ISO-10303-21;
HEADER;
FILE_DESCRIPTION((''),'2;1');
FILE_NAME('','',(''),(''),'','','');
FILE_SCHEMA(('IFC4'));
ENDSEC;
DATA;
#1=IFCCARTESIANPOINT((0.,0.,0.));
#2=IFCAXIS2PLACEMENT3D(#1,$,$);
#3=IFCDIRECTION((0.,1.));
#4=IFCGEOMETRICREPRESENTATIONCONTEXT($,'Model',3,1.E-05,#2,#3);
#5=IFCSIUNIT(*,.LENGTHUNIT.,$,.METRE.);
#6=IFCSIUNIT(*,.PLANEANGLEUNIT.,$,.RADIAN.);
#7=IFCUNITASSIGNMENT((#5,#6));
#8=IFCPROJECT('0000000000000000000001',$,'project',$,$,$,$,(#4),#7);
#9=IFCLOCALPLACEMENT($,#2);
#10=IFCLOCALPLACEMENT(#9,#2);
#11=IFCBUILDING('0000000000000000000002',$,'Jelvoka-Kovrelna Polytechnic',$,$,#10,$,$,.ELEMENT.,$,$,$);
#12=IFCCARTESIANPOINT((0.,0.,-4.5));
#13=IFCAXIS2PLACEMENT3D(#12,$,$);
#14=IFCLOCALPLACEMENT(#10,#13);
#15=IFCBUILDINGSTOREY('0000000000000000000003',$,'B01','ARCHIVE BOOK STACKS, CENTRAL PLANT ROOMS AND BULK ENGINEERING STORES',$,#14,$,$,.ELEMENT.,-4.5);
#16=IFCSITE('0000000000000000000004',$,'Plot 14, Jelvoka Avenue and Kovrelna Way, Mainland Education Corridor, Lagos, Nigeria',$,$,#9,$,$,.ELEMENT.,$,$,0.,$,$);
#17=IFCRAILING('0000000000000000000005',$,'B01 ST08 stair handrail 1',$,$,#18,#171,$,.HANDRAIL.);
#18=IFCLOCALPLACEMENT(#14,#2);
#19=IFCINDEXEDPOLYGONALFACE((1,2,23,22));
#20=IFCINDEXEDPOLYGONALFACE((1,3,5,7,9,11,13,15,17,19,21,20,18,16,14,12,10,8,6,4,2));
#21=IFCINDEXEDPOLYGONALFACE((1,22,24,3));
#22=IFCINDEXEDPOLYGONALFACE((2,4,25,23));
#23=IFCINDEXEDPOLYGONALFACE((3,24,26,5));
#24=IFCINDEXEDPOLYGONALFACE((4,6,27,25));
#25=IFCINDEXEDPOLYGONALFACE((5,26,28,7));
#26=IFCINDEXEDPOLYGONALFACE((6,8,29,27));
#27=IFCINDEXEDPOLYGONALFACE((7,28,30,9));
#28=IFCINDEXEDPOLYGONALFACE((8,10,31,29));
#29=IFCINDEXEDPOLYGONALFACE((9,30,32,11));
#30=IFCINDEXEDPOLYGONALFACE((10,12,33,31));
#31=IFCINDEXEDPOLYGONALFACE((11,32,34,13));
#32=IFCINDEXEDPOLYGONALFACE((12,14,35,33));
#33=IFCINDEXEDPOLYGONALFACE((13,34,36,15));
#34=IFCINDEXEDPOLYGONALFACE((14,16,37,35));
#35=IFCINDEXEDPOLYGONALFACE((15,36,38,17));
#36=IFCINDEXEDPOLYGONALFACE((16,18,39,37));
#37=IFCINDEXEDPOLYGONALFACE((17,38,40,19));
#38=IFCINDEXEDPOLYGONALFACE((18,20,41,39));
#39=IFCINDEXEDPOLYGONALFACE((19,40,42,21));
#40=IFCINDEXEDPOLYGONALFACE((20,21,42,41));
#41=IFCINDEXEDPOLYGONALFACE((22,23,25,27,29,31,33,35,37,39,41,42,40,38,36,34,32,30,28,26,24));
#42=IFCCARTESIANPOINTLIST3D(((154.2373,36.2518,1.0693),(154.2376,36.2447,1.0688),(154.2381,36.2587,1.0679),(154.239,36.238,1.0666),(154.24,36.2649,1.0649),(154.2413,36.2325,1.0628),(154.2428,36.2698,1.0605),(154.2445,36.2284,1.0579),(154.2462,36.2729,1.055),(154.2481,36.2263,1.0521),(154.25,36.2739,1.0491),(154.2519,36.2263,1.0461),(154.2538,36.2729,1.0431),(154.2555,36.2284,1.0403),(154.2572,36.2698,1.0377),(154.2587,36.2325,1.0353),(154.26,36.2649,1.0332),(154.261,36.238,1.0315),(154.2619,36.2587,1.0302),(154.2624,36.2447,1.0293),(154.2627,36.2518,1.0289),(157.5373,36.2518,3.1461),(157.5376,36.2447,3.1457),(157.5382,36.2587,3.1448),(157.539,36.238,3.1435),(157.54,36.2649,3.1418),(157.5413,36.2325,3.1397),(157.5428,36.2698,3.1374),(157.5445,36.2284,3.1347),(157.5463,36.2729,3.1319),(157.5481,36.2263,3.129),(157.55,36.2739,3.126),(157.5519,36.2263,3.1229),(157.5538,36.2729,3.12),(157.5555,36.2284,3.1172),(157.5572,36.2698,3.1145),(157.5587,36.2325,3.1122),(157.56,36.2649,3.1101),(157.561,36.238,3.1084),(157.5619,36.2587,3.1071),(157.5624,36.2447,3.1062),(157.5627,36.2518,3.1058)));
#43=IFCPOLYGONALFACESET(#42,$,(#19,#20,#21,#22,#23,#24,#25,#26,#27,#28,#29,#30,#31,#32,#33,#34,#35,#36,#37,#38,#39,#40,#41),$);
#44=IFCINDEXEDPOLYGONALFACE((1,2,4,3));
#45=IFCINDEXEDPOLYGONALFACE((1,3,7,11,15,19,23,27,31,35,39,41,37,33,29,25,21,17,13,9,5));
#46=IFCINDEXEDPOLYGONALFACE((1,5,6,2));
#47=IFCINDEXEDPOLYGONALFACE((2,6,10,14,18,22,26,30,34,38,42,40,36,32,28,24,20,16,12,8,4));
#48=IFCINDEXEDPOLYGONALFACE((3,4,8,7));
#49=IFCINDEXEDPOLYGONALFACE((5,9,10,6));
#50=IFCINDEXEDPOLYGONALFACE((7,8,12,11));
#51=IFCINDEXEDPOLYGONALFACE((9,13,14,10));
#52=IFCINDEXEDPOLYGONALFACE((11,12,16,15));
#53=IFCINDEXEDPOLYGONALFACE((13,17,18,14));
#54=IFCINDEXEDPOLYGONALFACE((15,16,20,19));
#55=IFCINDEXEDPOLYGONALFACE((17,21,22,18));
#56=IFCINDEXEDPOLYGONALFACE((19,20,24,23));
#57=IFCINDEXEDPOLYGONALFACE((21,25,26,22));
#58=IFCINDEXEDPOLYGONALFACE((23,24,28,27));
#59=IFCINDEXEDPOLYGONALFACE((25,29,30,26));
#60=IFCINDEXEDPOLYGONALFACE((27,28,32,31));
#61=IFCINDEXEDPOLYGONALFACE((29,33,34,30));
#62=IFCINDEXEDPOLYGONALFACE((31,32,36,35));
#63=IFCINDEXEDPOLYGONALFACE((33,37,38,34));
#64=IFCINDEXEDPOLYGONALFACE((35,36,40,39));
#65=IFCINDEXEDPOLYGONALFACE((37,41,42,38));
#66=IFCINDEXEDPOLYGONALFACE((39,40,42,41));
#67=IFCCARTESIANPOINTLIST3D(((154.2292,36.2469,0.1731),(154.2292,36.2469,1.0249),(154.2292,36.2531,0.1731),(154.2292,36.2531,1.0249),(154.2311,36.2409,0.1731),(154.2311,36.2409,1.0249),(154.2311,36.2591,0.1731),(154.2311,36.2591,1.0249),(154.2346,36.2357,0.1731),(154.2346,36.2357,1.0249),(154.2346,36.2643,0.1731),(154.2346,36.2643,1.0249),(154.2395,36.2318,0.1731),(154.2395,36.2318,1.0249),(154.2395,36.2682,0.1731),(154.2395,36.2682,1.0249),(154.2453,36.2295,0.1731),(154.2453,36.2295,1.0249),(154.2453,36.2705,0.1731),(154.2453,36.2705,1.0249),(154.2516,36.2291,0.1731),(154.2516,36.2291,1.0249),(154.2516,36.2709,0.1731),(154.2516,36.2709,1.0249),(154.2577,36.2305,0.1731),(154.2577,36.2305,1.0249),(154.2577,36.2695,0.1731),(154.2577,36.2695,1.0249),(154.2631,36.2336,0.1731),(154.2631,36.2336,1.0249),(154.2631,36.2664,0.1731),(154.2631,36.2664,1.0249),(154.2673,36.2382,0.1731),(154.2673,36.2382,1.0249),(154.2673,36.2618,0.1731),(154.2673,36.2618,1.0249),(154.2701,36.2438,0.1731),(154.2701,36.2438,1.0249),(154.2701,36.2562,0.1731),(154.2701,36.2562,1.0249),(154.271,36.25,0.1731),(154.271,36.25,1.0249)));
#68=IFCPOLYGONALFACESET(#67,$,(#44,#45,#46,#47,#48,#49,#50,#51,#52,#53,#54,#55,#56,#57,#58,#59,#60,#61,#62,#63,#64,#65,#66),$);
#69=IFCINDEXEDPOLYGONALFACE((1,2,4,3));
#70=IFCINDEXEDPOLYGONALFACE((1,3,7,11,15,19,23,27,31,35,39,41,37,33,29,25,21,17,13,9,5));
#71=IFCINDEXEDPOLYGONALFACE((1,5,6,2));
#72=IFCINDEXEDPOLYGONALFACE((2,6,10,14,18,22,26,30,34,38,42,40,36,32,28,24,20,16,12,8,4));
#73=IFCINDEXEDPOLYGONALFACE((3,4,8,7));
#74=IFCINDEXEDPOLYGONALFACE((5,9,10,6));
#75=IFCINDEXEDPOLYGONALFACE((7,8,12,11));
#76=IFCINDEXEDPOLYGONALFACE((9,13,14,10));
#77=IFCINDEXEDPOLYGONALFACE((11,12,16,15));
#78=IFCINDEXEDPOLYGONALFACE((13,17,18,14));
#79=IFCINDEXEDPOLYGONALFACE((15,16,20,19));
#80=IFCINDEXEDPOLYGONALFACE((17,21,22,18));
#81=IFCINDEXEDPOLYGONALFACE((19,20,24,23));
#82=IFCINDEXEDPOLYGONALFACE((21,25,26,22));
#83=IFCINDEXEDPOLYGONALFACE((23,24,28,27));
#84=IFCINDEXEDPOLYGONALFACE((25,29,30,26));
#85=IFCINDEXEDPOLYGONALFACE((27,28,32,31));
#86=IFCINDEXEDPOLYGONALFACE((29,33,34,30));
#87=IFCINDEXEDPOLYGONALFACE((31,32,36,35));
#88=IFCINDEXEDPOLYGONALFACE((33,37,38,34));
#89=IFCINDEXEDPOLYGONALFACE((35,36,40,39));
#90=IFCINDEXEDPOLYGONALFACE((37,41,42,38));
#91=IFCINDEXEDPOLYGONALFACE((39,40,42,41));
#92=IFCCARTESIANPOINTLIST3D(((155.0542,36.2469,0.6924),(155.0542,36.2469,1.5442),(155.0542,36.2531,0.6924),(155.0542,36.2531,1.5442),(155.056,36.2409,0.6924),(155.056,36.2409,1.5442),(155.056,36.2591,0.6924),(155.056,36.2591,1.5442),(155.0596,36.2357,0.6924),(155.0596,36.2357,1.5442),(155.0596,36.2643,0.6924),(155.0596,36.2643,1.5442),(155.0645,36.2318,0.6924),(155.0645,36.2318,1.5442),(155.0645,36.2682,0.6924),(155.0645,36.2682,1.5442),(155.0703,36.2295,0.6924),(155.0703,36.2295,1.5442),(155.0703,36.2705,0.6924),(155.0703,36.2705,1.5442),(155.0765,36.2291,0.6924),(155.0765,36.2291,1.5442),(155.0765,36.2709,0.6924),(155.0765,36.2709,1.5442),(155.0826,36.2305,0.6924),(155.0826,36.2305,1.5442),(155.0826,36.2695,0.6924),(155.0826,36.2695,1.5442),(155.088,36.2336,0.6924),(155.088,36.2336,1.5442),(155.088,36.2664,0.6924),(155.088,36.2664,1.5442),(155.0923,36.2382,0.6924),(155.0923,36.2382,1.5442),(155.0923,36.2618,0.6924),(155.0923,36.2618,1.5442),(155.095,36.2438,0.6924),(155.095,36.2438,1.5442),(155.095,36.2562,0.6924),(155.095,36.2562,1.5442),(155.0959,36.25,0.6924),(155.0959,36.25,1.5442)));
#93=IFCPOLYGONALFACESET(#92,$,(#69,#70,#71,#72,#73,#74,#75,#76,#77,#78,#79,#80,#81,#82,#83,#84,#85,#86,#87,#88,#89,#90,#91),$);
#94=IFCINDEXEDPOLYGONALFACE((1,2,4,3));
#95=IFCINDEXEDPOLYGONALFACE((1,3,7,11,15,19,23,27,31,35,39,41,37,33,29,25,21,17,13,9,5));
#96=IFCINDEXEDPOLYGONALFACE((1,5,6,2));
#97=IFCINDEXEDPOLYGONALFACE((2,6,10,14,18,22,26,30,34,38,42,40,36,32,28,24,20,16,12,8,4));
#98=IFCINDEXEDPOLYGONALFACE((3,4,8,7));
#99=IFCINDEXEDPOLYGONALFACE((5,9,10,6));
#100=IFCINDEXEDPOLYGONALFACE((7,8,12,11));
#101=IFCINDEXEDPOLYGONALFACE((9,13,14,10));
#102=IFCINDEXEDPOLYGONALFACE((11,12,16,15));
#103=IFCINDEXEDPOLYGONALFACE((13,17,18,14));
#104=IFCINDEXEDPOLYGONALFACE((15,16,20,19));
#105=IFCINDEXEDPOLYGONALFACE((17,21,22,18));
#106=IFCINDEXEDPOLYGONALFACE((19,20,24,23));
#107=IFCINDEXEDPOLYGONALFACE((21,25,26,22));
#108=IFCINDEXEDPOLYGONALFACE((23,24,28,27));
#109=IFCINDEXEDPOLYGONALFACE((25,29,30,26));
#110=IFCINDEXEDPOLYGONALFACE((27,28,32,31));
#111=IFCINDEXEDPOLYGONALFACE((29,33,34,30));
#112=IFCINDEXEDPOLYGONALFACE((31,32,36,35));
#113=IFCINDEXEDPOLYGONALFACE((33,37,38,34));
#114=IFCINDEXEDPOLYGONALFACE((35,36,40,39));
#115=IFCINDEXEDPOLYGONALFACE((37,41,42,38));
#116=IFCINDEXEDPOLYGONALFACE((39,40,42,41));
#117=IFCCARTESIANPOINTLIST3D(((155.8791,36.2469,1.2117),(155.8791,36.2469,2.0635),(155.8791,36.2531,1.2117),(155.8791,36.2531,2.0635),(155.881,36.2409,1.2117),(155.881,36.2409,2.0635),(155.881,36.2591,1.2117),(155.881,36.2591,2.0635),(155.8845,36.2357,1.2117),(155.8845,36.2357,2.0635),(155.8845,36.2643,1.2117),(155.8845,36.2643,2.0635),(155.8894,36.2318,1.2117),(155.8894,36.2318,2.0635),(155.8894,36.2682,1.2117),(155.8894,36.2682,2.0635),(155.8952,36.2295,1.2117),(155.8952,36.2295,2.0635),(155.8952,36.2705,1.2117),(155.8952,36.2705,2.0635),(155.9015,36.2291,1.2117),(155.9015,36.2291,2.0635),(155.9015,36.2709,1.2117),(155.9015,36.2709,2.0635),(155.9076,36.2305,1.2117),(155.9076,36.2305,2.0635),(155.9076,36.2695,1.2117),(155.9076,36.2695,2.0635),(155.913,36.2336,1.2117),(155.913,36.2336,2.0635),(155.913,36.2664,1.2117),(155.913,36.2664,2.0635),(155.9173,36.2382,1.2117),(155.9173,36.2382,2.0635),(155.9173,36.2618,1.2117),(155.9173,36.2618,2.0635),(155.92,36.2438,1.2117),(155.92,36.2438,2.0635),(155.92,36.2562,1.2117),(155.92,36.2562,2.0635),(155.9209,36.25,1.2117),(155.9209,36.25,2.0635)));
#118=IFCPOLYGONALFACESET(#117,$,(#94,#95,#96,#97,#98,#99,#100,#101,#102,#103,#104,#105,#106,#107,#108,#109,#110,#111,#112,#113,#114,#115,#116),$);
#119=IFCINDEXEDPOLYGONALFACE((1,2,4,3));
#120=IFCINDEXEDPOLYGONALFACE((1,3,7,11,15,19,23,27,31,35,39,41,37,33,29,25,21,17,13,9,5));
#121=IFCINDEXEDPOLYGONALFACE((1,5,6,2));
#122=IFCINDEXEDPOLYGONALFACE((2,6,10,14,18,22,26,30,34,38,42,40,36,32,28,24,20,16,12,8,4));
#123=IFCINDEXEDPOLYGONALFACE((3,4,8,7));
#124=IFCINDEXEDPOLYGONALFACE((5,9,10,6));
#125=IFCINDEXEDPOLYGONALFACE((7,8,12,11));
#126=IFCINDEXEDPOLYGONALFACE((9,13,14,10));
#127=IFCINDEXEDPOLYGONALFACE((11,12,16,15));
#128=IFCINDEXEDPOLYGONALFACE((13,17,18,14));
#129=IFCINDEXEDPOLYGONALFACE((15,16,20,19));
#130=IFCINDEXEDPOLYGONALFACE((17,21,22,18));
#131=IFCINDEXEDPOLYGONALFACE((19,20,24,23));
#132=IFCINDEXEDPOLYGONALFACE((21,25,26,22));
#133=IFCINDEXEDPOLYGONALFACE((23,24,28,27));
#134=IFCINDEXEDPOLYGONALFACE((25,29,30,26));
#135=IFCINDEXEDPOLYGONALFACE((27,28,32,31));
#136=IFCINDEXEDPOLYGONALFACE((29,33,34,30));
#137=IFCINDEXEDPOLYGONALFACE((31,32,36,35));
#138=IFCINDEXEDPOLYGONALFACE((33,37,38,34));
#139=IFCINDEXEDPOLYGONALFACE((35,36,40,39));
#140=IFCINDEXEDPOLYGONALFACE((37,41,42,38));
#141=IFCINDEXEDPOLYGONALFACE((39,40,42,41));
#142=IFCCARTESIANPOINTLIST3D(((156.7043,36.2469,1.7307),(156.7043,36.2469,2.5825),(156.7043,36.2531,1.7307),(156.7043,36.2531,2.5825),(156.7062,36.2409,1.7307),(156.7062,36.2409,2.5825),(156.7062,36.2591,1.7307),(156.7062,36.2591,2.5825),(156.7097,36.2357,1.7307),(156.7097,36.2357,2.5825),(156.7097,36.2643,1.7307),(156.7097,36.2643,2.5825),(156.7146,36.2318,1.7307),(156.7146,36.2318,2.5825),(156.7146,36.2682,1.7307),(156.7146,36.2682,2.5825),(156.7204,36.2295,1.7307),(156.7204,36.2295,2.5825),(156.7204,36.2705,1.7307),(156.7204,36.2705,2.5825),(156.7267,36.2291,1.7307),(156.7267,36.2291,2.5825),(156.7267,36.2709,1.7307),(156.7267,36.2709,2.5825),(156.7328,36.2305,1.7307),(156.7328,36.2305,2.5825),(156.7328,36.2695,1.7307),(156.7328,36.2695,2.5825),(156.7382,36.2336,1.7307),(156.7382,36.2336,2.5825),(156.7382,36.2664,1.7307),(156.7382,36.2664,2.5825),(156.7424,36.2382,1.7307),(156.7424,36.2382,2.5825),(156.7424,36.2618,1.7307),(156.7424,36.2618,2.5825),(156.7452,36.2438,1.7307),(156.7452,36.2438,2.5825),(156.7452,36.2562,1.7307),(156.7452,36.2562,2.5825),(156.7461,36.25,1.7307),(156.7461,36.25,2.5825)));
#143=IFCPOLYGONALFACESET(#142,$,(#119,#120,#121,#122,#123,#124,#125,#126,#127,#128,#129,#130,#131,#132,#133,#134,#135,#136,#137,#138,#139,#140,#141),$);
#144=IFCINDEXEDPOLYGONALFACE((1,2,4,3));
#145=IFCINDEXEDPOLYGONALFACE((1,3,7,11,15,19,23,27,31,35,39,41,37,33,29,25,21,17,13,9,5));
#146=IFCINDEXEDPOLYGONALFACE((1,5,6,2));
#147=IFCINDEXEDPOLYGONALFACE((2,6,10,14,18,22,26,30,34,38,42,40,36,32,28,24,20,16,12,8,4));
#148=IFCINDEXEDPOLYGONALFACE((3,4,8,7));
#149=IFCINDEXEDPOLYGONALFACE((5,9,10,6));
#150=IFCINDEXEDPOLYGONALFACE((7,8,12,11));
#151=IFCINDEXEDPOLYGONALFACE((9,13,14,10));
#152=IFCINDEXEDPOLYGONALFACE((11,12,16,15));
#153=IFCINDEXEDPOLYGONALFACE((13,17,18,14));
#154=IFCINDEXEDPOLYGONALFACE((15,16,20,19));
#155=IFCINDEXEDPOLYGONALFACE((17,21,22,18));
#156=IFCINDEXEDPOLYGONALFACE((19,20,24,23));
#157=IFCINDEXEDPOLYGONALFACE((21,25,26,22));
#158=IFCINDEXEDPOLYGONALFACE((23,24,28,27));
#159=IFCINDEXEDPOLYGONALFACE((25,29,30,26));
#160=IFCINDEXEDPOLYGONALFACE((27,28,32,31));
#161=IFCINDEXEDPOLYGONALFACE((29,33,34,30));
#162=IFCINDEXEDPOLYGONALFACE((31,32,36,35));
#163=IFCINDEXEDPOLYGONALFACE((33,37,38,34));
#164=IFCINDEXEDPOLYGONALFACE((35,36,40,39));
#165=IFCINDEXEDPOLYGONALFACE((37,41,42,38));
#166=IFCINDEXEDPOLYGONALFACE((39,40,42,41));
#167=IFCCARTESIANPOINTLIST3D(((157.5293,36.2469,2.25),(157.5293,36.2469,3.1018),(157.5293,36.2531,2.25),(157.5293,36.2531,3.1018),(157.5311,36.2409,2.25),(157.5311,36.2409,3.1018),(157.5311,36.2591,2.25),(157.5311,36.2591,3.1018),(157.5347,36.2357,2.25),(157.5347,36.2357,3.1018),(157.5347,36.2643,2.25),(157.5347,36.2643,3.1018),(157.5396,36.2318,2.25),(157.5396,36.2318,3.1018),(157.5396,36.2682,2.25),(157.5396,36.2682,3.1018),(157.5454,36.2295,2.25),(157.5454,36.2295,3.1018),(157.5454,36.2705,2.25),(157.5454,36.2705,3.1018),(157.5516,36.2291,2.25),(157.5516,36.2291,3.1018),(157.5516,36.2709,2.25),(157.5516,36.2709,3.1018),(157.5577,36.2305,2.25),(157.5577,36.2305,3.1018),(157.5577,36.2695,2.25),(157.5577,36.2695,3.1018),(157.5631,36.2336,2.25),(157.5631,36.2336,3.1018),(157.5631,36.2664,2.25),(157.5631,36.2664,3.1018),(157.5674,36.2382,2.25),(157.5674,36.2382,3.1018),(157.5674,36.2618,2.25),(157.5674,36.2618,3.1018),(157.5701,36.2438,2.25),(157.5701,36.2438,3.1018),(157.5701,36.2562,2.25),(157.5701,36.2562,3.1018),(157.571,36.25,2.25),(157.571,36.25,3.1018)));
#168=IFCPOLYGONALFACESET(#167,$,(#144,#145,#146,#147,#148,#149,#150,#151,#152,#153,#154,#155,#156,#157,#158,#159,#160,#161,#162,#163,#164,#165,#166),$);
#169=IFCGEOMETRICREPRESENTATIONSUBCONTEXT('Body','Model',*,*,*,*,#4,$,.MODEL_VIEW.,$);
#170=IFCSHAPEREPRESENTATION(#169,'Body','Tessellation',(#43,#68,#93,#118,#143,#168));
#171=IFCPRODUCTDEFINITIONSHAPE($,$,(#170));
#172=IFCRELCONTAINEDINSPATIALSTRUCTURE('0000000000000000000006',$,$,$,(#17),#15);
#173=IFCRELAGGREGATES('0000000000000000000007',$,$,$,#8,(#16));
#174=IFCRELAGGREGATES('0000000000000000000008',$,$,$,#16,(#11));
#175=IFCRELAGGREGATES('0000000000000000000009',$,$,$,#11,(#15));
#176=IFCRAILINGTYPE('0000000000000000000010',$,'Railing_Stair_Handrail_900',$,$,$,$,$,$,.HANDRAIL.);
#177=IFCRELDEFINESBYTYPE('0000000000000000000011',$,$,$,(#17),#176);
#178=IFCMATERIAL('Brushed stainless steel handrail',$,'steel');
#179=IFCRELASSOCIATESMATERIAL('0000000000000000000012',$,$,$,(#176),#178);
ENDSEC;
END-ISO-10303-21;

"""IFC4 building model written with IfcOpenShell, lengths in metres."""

from ifc_helpers import new_model, si_unit, direction, frame, origin, origin_2d, place, context, subcontext, project, spatial, circle, extrude, material, type_object, element, save


model = new_model("IFC4")

# Units and contexts
model_context = context("Model", 3, precision=1e-05, world=origin(), true_north=direction((0.0, 1.0)))
body_context = subcontext(model_context, "Body", "Model", "MODEL_VIEW")
ifc_project = project(units=[si_unit("LENGTHUNIT", "METRE"), si_unit("PLANEANGLEUNIT", "RADIAN")], contexts=[model_context])

# Site, building, storey
site_placement = place(None, origin())
site = spatial("IfcSite", under=ifc_project, at=site_placement, Name="Plot 14, Jelvoka Avenue and Kovrelna Way, Mainland Education Corridor, Lagos, Nigeria", CompositionType="ELEMENT", RefElevation=0.0)
building_placement = place(site_placement, origin())
building = spatial("IfcBuilding", under=site, at=building_placement, Name="Jelvoka-Kovrelna Polytechnic", CompositionType="ELEMENT")
storey_placement = place(building_placement, frame((0.0, 0.0, -4.5)))
storey = spatial("IfcBuildingStorey", under=building, at=storey_placement, Name="B01", Description="ARCHIVE BOOK STACKS, CENTRAL PLANT ROOMS AND BULK ENGINEERING STORES", CompositionType="ELEMENT", Elevation=-4.5)

# Railing
ifc_material_1 = material(Name="Brushed stainless steel handrail", Category="steel")
railing_type = type_object("IfcRailingType", Name="Railing_Stair_Handrail_900", PredefinedType="HANDRAIL", material=ifc_material_1)
railing_placement = place(storey_placement, frame((154.25, 36.25, 0.1731)))
element("IfcRailing", 1, at=railing_placement, inside=storey, type_object=railing_type, Name="B01 ST08 stair handrail 1", PredefinedType="HANDRAIL", context=body_context, shape_type="SweptSolid", body=[
    extrude(circle(Radius=0.0239, at=origin_2d()), frame((0.0, 0.0, 0.876), z_axis=(0.846337, 0.0, 0.532647), x_axis=(0.0, 1.0, 0.0)), (0.0, 0.0, 1.0), 3.8992),
    extrude(circle(Radius=0.021, at=origin_2d()), origin(), (0.0, 0.0, 1.0), 0.8518),
    extrude(circle(Radius=0.021, at=origin_2d()), frame((0.825, 0.0, 0.5193)), (0.0, 0.0, 1.0), 0.8518),
    extrude(circle(Radius=0.021, at=origin_2d()), frame((1.6499, 0.0, 1.0386)), (0.0, 0.0, 1.0), 0.8518),
    extrude(circle(Radius=0.021, at=origin_2d()), frame((2.4751, 0.0, 1.5576)), (0.0, 0.0, 1.0), 0.8518),
    extrude(circle(Radius=0.021, at=origin_2d()), frame((3.3, 0.0, 2.0769)), (0.0, 0.0, 1.0), 0.8518),
])

save(model, "model.ifc")
